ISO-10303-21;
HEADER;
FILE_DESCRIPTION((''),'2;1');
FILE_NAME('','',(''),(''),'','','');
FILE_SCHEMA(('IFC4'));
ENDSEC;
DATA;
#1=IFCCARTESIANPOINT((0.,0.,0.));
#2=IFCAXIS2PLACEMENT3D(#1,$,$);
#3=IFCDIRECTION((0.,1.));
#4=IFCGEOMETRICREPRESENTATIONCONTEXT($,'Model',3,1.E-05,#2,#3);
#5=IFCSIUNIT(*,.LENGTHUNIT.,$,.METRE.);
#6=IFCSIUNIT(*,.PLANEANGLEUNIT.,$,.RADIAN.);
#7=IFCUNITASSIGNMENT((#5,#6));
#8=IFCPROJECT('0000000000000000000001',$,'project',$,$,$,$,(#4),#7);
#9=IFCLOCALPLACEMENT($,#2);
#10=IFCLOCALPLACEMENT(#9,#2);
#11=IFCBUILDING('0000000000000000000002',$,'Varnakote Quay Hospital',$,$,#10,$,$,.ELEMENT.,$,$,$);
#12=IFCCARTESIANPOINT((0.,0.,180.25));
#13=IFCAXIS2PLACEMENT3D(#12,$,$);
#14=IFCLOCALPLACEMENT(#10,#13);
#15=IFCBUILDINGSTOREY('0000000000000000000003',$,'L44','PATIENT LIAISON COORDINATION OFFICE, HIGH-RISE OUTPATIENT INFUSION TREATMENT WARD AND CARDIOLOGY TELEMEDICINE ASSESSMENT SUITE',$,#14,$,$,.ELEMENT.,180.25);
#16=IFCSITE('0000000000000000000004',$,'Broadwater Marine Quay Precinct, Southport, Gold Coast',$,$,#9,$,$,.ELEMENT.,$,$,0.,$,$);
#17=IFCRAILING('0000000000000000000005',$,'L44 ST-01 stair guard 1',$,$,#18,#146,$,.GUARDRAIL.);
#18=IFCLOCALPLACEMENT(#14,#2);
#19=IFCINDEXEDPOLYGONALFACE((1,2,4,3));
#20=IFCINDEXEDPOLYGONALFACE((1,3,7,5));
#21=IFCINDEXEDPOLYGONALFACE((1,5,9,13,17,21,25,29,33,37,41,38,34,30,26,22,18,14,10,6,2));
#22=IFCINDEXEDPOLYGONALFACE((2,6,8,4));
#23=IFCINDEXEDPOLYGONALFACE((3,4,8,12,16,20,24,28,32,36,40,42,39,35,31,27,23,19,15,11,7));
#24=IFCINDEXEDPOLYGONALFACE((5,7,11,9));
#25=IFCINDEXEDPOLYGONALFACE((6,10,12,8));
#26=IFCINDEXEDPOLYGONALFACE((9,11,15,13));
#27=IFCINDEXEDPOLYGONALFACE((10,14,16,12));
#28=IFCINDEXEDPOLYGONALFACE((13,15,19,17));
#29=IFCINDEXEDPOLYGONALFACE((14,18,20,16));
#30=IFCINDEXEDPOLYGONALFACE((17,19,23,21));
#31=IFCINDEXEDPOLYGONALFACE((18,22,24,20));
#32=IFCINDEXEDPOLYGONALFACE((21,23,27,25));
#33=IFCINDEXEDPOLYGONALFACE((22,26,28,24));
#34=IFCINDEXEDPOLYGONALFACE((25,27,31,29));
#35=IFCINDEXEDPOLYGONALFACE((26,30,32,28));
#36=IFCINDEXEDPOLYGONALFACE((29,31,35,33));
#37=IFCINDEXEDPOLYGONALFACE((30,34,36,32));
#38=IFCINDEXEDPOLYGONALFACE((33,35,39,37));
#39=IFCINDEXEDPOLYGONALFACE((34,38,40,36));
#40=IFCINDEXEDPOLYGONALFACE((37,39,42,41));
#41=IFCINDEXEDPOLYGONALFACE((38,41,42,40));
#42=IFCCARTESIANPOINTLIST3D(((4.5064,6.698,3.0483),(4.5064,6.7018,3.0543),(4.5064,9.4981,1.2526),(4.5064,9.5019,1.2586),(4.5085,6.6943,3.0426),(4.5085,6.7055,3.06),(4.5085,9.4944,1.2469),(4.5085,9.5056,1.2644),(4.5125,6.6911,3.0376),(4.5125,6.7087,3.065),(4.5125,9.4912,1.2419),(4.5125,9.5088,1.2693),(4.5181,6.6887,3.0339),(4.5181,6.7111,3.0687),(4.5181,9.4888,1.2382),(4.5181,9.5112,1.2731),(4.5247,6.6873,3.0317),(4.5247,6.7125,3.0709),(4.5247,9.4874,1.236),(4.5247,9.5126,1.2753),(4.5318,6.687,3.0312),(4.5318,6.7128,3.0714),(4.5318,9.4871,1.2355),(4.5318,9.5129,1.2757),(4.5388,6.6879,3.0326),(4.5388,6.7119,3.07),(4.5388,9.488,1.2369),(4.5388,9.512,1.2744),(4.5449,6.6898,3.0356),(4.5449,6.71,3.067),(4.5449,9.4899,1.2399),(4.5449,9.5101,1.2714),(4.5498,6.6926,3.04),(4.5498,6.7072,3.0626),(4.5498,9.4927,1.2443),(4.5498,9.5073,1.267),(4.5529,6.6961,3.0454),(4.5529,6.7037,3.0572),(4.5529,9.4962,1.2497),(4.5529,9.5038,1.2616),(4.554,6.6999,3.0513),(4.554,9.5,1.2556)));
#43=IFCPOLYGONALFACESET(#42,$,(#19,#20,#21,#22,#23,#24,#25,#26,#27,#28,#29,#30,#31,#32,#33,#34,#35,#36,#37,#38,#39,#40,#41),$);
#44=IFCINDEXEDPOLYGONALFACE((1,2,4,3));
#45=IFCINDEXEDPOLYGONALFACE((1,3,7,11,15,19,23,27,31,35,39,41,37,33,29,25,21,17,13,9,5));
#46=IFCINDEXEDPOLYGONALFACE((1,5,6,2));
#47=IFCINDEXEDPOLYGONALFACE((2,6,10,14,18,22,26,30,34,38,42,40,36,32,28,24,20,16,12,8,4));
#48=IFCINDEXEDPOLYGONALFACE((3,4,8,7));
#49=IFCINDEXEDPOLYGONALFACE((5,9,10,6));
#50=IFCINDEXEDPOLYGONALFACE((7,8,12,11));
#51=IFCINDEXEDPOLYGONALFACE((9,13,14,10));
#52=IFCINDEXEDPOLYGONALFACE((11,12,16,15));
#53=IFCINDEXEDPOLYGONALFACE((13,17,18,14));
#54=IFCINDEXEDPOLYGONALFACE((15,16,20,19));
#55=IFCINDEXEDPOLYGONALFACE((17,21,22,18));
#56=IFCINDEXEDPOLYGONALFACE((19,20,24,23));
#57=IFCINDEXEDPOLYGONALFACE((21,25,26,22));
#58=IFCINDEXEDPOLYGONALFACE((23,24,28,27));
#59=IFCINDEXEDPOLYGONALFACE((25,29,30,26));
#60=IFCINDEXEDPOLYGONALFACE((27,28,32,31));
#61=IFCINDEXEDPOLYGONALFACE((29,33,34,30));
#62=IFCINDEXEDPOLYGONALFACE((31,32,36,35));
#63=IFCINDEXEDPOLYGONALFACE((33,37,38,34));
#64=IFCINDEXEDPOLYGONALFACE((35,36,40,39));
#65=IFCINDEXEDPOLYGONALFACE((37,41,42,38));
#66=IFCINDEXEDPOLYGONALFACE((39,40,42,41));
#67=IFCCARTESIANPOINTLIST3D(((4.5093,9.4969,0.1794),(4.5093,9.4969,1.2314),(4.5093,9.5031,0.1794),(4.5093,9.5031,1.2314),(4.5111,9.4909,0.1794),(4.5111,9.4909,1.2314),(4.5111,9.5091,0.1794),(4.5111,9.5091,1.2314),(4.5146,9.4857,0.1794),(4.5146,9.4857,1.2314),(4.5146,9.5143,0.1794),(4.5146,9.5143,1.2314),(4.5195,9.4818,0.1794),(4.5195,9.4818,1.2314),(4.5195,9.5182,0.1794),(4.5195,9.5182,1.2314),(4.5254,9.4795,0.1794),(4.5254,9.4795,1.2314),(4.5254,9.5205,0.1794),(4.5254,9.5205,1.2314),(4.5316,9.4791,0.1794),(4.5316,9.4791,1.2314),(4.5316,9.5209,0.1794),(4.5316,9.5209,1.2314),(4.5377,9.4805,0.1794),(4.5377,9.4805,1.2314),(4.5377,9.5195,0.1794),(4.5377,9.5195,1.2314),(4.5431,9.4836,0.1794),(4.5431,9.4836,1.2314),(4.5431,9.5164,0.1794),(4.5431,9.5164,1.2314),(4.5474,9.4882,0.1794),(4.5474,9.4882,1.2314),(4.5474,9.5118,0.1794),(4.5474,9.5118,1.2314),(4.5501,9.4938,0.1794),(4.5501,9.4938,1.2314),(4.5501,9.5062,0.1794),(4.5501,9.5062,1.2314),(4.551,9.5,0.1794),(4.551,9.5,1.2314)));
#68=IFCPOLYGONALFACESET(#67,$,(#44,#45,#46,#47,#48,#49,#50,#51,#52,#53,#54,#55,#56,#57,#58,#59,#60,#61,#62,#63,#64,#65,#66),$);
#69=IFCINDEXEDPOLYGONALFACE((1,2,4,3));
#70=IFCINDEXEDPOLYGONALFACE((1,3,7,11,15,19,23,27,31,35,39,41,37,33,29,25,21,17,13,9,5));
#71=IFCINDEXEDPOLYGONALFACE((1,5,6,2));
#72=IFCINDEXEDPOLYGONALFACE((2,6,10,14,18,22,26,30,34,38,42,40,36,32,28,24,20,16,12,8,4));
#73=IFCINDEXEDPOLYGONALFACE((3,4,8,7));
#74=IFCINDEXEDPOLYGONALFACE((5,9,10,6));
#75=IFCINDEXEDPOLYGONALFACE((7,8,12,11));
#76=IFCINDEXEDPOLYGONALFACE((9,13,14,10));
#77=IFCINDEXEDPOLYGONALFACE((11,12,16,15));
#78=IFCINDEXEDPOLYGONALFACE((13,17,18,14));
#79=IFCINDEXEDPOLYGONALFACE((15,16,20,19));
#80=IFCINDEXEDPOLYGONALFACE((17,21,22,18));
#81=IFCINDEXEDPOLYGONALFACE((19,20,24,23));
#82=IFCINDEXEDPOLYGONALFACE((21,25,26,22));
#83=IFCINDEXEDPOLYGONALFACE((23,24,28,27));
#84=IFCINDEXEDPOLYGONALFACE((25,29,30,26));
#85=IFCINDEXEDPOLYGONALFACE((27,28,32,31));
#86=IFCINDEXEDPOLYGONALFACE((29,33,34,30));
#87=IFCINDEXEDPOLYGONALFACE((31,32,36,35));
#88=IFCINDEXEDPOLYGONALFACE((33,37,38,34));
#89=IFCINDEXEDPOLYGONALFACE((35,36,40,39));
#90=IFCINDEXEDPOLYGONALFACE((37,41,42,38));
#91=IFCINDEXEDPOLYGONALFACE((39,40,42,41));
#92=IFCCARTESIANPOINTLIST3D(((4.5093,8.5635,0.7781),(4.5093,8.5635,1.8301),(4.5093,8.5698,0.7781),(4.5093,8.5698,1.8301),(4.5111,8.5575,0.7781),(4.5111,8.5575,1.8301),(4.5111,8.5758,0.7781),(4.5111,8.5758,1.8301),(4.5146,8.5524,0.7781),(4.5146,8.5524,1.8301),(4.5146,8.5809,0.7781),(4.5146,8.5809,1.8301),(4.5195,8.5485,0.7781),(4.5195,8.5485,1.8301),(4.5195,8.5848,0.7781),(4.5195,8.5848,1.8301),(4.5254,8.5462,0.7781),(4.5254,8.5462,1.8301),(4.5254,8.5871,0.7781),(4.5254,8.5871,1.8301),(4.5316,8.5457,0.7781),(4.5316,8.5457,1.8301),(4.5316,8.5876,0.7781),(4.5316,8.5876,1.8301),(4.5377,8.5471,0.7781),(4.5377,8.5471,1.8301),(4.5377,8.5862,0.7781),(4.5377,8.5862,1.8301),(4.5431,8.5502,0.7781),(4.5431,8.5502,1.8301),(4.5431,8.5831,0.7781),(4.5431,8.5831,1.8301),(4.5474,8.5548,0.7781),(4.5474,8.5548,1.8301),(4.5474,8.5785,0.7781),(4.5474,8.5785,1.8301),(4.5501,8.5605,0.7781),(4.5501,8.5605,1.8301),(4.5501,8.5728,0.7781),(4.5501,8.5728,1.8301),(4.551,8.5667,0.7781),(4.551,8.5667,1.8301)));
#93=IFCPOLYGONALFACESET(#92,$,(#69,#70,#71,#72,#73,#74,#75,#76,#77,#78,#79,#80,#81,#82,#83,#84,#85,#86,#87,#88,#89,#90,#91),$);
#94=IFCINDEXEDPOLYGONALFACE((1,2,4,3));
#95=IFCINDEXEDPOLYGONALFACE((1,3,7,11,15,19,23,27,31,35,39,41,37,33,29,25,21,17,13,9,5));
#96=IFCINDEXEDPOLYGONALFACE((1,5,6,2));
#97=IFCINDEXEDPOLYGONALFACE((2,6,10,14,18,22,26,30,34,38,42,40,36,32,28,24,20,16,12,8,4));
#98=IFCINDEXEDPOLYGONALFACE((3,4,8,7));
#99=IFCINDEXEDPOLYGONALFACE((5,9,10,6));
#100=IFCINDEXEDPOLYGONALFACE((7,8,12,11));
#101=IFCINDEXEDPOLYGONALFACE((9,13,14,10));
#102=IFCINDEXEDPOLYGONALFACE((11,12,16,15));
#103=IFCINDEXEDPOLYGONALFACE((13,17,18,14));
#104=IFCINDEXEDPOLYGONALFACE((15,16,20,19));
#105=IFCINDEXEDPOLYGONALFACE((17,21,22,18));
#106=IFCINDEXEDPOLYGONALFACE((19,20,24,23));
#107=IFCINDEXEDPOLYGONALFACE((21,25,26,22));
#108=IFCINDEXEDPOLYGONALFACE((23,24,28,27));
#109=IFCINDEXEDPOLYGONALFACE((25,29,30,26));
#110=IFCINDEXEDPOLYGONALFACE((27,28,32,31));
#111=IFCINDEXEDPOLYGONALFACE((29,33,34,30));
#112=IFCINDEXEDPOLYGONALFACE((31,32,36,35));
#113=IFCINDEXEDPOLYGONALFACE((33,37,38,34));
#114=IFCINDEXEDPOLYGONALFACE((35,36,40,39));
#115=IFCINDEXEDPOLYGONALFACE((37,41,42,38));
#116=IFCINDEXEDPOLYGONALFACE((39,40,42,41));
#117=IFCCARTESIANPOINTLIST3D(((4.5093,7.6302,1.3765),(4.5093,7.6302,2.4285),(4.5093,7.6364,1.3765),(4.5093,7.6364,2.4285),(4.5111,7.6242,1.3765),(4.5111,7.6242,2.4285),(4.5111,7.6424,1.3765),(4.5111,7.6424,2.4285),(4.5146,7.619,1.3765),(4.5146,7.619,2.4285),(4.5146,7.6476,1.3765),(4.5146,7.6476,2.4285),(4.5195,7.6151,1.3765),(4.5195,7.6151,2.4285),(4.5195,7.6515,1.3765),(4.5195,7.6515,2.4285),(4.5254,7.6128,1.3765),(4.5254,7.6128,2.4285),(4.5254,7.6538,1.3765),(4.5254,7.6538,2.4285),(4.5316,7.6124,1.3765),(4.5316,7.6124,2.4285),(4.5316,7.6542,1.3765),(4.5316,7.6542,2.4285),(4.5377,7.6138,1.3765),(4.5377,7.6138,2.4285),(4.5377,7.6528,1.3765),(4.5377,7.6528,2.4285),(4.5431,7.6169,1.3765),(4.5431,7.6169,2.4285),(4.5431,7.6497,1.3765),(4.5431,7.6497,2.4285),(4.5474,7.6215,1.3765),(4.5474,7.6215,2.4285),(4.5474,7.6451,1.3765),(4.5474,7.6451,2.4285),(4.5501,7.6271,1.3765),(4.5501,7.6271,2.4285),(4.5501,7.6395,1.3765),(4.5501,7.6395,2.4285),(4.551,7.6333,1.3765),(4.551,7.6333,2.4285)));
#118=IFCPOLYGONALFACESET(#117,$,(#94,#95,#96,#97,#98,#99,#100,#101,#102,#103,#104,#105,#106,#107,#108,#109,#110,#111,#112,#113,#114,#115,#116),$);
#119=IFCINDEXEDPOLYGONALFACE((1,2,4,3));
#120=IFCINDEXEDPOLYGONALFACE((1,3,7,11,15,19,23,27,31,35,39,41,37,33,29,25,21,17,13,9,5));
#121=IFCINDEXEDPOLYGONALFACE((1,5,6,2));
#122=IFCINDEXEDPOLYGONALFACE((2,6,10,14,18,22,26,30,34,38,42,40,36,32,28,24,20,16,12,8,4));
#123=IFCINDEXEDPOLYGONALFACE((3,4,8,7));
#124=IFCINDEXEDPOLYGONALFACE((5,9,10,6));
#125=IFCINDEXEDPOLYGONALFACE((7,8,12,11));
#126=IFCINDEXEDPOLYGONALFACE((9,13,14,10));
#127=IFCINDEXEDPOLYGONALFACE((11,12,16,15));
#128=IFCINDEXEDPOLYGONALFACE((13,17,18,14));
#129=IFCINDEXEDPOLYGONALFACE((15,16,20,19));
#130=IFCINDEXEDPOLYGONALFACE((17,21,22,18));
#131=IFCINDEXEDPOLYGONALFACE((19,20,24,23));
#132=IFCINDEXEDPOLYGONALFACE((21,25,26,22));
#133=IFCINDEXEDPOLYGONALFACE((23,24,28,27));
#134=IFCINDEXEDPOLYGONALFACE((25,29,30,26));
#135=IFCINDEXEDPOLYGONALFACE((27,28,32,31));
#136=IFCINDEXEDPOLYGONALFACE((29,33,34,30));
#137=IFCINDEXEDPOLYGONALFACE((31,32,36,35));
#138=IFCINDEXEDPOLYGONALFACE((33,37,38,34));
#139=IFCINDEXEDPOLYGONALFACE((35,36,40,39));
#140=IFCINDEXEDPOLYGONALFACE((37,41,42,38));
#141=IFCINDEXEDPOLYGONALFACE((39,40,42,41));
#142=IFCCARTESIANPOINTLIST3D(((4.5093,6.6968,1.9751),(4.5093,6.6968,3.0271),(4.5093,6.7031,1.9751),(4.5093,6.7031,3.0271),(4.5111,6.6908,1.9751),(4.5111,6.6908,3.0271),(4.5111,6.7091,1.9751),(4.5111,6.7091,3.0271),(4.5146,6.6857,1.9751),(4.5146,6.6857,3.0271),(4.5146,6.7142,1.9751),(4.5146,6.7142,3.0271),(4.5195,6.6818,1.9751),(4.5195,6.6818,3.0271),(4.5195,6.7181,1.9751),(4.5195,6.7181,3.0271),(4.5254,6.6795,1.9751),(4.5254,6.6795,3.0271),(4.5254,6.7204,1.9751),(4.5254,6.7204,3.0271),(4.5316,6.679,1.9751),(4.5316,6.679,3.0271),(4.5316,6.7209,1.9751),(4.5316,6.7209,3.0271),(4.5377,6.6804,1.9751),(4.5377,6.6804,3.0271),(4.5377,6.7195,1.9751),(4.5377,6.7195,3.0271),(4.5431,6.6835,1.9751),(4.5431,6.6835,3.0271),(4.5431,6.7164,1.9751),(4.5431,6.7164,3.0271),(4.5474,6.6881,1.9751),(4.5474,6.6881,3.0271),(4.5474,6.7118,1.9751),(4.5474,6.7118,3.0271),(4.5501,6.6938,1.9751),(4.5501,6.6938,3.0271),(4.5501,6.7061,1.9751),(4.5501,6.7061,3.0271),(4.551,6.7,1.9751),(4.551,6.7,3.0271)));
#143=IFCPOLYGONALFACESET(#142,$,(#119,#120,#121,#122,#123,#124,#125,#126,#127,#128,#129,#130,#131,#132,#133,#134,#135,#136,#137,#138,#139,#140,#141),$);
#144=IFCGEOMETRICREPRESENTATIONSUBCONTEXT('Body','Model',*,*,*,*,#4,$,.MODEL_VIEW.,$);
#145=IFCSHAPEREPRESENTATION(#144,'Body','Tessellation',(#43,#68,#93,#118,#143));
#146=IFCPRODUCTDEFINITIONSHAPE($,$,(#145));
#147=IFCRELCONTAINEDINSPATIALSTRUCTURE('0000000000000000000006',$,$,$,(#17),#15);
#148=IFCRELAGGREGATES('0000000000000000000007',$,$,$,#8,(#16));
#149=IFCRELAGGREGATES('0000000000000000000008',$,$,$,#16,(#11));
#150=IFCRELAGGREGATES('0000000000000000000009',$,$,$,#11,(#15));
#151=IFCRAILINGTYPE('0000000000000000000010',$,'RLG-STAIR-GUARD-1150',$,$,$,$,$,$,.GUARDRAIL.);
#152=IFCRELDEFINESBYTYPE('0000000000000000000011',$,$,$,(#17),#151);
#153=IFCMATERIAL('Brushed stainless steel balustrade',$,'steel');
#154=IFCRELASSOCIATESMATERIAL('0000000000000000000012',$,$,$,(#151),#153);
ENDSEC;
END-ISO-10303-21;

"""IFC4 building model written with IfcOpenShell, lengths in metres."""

from ifc_helpers import new_model, si_unit, direction, frame, origin, origin_2d, place, context, subcontext, project, spatial, circle, extrude, material, type_object, element, save


model = new_model("IFC4")

# Units and contexts
model_context = context("Model", 3, precision=1e-05, world=origin(), true_north=direction((0.0, 1.0)))
body_context = subcontext(model_context, "Body", "Model", "MODEL_VIEW")
ifc_project = project(units=[si_unit("LENGTHUNIT", "METRE"), si_unit("PLANEANGLEUNIT", "RADIAN")], contexts=[model_context])

# Site, building, storey
site_placement = place(None, origin())
site = spatial("IfcSite", under=ifc_project, at=site_placement, Name="Broadwater Marine Quay Precinct, Southport, Gold Coast", CompositionType="ELEMENT", RefElevation=0.0)
building_placement = place(site_placement, origin())
building = spatial("IfcBuilding", under=site, at=building_placement, Name="Varnakote Quay Hospital", CompositionType="ELEMENT")
storey_placement = place(building_placement, frame((0.0, 0.0, 180.25)))
storey = spatial("IfcBuildingStorey", under=building, at=storey_placement, Name="L44", Description="PATIENT LIAISON COORDINATION OFFICE, HIGH-RISE OUTPATIENT INFUSION TREATMENT WARD AND CARDIOLOGY TELEMEDICINE ASSESSMENT SUITE", CompositionType="ELEMENT", Elevation=180.25)

# Railing
ifc_material_1 = material(Name="Brushed stainless steel balustrade", Category="steel")
railing_type_1 = type_object("IfcRailingType", Name="RLG-STAIR-GUARD-1150", PredefinedType="GUARDRAIL", material=ifc_material_1)
railing_1_placement = place(storey_placement, frame((4.53, 9.5, 0.1794)))
element("IfcRailing", 1, at=railing_1_placement, inside=storey, type_object=railing_type_1, Name="L44 ST-01 stair guard 1", PredefinedType="GUARDRAIL", context=body_context, shape_type="SweptSolid", body=[
    extrude(circle(Radius=0.0239, at=origin_2d()), frame((0.0, 0.0, 1.0762), z_axis=(0.0, -0.841777, 0.539826), x_axis=(1.0, 0.0, 0.0)), (0.0, 0.0, 1.0), 3.3264),
    extrude(circle(Radius=0.021, at=origin_2d()), origin(), (0.0, 0.0, 1.0), 1.052),
    extrude(circle(Radius=0.021, at=origin_2d()), frame((0.0, -0.9333, 0.5986)), (0.0, 0.0, 1.0), 1.052),
    extrude(circle(Radius=0.021, at=origin_2d()), frame((0.0, -1.8667, 1.197)), (0.0, 0.0, 1.0), 1.052),
    extrude(circle(Radius=0.021, at=origin_2d()), frame((0.0, -2.8, 1.7957)), (0.0, 0.0, 1.0), 1.052),
])

save(model, "model.ifc")
